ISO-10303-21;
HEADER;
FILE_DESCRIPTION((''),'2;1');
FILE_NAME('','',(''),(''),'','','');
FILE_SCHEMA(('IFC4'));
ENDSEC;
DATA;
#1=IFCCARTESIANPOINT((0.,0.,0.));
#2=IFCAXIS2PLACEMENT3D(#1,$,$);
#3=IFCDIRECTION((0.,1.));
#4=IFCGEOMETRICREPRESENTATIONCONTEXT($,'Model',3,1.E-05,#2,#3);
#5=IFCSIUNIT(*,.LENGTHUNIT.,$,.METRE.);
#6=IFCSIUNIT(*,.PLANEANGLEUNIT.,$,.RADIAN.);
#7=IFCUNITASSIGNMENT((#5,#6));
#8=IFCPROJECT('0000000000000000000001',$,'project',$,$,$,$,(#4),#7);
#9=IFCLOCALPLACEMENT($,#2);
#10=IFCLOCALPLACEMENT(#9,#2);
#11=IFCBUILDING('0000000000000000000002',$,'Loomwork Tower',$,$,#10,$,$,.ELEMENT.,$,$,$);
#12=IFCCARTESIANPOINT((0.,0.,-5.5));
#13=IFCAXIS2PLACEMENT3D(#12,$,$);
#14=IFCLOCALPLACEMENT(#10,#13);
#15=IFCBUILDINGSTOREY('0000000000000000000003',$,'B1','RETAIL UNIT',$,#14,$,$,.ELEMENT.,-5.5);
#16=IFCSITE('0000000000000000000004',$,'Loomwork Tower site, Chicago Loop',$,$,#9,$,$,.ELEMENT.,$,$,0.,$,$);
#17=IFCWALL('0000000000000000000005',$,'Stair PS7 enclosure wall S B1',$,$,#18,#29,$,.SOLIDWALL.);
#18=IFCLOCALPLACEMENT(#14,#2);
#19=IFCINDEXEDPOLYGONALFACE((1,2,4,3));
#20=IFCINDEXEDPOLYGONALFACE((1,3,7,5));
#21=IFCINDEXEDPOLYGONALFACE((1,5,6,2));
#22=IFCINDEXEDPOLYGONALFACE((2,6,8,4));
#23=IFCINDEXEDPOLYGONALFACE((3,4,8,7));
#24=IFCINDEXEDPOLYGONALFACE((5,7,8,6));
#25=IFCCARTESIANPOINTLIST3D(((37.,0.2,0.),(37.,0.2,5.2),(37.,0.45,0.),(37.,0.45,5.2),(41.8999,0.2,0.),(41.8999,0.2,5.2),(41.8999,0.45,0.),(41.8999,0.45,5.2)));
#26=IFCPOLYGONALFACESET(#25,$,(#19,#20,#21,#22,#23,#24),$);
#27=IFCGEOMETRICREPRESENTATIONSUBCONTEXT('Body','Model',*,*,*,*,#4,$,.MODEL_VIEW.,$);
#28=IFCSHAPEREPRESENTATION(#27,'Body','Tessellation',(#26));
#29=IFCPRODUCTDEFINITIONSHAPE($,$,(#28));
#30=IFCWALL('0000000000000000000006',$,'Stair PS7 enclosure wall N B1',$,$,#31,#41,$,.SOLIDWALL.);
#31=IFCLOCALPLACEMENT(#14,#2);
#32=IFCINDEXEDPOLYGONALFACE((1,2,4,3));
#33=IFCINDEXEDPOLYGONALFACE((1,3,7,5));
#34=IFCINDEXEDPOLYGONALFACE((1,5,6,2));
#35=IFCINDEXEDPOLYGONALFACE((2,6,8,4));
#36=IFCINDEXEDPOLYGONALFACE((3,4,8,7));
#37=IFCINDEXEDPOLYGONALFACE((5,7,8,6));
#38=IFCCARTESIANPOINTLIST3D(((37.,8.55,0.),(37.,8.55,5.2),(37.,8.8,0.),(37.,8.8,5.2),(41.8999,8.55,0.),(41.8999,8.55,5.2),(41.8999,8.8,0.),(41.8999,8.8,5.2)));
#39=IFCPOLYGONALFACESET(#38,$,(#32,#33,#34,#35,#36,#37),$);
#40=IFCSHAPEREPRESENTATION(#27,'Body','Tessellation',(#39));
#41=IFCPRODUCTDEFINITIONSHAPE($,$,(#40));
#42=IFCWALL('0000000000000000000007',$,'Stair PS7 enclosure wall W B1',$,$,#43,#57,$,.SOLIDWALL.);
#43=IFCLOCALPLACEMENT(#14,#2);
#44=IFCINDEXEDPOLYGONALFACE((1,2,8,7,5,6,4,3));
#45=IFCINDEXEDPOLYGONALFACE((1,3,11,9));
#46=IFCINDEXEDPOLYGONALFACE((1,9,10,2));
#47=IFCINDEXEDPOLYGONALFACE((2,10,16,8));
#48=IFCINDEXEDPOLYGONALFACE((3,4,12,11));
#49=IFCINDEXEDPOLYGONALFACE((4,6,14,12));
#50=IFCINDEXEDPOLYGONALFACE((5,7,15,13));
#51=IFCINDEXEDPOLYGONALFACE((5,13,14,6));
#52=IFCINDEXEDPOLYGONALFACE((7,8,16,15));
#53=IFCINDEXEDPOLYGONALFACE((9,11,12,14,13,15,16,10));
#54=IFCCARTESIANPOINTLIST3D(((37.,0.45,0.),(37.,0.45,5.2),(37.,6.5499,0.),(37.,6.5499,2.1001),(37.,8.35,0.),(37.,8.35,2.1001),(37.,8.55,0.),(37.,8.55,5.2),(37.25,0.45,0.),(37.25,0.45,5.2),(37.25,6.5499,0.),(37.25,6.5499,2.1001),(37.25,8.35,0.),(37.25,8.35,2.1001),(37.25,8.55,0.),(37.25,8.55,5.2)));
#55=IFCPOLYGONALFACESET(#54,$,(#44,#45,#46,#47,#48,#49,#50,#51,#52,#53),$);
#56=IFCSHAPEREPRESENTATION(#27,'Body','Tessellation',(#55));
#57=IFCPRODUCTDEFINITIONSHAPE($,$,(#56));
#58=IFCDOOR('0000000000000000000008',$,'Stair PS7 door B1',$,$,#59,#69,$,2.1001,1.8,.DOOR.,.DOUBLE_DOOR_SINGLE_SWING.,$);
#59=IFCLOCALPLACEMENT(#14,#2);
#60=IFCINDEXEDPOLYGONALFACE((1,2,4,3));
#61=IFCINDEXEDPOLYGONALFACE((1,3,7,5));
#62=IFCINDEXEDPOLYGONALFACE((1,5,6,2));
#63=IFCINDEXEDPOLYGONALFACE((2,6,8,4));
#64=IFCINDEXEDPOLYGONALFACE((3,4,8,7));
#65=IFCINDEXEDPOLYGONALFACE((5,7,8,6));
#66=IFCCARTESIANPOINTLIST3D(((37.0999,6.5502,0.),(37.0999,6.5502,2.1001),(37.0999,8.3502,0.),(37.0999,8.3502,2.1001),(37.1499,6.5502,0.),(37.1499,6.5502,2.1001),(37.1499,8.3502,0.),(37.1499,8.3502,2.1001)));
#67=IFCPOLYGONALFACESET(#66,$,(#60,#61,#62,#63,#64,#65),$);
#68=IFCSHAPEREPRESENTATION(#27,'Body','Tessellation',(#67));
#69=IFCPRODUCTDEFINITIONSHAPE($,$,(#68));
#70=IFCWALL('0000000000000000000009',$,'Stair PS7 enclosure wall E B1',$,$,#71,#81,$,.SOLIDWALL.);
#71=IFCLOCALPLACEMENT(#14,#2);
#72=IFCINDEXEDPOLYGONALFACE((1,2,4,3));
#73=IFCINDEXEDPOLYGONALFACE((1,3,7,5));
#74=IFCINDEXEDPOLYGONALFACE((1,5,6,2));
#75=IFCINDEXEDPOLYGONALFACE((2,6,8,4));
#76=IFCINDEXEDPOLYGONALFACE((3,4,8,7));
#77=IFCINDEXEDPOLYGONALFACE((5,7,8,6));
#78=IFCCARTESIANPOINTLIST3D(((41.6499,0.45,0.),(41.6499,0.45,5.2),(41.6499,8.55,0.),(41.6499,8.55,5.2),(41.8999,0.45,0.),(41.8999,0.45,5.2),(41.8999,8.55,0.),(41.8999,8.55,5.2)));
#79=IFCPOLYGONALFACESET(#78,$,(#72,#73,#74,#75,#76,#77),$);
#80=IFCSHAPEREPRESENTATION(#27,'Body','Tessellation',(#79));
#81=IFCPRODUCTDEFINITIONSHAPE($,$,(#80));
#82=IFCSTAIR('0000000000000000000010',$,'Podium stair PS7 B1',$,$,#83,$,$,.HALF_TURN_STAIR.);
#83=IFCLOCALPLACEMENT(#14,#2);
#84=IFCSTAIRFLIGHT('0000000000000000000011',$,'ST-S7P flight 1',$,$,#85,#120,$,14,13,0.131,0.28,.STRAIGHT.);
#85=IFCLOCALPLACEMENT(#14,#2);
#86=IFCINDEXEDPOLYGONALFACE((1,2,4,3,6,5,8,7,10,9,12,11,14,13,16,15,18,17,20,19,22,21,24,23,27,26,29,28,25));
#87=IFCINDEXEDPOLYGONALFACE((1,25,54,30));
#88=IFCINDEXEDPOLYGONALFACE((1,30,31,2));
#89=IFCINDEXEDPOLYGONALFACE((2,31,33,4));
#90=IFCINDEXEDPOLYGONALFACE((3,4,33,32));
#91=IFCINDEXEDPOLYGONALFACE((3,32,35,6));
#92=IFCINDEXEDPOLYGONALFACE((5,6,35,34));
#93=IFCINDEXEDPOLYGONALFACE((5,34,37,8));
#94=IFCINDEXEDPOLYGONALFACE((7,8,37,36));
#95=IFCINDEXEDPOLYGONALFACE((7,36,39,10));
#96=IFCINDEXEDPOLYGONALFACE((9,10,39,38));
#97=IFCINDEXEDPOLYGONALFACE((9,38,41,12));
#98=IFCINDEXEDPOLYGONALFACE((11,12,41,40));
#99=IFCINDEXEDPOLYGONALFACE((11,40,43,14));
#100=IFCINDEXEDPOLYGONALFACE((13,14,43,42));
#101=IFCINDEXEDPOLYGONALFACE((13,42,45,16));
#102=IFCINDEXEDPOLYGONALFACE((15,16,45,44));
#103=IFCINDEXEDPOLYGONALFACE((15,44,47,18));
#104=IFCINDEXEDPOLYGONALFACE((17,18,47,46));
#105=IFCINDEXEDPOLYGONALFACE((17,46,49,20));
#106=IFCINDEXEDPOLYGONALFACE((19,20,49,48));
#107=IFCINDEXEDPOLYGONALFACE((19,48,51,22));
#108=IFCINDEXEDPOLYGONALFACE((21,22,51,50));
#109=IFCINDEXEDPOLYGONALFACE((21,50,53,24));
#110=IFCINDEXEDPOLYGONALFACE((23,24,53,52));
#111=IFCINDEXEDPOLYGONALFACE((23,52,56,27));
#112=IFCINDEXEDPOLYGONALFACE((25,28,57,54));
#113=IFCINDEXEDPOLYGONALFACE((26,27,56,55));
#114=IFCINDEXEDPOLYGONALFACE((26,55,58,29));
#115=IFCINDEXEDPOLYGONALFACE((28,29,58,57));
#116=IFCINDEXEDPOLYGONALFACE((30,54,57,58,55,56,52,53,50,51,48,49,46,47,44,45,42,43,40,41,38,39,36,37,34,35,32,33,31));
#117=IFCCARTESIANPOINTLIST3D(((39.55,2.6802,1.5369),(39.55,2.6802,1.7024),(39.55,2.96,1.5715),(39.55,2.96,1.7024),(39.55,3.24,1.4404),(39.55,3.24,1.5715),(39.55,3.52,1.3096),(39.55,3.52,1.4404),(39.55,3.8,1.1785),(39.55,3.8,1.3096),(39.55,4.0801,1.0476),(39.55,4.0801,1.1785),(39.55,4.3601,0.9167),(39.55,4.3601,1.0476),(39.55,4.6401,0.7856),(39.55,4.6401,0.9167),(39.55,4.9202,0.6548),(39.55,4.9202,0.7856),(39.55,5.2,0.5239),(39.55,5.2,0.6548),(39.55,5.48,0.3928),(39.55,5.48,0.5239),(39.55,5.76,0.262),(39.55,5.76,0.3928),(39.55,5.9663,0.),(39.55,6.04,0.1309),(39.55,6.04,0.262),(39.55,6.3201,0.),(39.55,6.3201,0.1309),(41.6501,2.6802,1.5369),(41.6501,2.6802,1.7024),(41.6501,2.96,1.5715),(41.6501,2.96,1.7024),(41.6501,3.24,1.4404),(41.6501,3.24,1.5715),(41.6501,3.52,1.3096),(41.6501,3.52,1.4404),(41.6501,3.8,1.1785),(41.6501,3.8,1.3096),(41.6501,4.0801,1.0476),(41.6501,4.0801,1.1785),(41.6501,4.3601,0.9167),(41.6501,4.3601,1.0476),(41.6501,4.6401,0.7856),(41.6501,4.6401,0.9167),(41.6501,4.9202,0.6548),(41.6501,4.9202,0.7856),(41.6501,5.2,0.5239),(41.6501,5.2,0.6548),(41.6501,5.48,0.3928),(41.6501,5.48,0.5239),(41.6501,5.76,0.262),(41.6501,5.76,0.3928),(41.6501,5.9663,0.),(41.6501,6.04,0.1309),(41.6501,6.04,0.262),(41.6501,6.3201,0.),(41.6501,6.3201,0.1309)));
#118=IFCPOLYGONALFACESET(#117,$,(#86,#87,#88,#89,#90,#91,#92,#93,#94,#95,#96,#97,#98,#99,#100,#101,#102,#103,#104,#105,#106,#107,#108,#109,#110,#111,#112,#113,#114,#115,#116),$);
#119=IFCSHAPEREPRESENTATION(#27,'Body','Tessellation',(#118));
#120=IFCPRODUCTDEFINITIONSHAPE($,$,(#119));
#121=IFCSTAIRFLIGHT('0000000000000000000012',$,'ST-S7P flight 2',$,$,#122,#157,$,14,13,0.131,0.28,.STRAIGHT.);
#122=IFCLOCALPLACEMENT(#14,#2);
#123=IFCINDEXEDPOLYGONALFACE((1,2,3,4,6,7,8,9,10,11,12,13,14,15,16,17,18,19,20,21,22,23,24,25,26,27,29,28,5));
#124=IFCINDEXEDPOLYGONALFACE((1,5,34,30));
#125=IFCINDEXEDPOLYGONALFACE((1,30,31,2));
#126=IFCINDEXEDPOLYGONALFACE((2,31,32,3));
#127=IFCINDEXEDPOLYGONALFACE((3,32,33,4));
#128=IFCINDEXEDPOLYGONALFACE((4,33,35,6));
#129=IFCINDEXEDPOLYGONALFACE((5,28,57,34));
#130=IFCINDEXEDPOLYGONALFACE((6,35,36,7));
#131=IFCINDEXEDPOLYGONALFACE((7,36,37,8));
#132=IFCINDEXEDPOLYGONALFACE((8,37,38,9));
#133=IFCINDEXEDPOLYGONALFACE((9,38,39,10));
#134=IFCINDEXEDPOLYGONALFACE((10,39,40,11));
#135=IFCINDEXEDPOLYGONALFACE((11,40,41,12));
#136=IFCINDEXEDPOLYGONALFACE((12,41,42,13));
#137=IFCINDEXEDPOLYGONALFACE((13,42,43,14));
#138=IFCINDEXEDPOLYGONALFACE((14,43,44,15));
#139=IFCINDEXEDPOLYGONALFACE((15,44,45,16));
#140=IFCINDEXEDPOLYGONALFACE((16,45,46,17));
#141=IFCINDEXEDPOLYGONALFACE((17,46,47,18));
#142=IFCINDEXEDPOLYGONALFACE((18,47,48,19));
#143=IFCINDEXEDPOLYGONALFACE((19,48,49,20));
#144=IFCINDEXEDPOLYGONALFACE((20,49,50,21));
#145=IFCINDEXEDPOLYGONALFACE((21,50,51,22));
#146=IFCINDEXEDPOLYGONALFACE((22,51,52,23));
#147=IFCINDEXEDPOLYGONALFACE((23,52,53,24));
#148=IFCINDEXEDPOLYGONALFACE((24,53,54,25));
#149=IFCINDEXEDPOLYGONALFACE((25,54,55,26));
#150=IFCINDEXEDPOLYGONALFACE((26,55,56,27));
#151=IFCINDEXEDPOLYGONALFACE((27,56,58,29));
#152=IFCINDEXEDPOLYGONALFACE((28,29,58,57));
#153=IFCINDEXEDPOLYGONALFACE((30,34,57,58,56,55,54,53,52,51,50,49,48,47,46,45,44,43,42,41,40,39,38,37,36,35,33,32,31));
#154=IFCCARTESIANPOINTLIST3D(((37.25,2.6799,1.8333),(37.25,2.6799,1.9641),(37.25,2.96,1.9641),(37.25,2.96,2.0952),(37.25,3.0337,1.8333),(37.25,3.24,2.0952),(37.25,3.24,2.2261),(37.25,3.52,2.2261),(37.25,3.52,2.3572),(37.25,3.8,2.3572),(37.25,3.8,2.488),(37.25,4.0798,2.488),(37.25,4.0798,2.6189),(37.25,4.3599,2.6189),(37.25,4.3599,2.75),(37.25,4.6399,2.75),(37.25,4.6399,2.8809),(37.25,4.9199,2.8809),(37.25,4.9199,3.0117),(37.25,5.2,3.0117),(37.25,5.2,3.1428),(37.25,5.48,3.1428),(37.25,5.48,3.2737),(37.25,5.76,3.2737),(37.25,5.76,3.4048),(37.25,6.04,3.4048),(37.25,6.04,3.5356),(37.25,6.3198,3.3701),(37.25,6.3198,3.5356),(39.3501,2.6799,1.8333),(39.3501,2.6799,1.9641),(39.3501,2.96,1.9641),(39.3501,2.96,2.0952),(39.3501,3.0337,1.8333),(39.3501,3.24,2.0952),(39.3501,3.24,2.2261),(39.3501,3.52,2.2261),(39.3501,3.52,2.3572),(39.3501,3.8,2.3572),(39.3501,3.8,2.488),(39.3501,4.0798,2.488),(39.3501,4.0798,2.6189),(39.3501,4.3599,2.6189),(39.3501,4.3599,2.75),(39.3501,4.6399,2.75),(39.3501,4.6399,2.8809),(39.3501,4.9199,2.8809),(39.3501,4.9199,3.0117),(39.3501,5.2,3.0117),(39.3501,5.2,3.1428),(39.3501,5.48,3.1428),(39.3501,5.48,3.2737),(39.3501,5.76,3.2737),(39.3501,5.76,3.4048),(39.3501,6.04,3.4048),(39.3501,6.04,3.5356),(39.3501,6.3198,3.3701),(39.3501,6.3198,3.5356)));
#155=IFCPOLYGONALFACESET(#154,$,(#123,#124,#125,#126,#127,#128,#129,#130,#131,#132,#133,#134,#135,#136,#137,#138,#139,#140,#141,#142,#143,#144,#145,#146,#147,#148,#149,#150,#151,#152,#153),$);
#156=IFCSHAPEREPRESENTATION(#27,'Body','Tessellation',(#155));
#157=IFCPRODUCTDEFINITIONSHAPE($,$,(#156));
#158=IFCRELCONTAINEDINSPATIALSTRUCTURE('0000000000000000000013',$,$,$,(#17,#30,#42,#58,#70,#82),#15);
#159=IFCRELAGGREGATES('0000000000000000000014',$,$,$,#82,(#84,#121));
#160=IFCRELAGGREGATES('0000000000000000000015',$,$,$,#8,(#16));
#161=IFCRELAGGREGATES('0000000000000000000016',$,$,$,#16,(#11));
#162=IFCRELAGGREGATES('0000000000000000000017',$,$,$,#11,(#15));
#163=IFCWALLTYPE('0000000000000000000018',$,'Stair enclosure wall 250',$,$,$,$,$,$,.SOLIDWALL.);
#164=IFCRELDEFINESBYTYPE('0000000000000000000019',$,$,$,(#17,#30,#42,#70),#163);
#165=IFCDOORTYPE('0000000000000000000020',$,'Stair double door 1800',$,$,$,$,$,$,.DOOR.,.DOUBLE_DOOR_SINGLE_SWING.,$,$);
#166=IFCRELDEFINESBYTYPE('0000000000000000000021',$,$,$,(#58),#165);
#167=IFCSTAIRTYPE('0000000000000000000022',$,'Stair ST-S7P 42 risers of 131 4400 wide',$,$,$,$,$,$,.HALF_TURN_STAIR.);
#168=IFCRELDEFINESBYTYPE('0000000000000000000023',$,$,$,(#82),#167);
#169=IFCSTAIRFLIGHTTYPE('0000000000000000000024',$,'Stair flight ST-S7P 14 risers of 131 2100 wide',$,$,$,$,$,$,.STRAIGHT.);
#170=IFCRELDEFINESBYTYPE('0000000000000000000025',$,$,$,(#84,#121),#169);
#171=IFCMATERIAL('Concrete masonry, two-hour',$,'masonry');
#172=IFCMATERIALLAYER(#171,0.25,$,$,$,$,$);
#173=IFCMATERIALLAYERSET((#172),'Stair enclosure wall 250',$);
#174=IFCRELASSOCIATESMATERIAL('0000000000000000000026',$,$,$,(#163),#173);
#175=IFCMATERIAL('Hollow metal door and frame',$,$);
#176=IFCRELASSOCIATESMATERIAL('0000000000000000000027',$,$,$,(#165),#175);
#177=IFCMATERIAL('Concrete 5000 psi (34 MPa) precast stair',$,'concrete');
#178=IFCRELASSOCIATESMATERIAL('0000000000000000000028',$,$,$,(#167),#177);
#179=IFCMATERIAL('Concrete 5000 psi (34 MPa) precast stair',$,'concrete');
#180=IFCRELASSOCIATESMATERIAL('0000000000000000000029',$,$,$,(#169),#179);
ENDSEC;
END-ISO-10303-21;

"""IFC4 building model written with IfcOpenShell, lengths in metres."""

from ifc_helpers import new_model, si_unit, direction, frame, frame_2d, origin, place, context, subcontext, project, spatial, polyline, rectangle, outline, extrude, material, layer, layer_set, type_object, element, fill, aggregate, save


model = new_model("IFC4")

# Units and contexts
model_context = context("Model", 3, precision=1e-05, world=origin(), true_north=direction((0.0, 1.0)))
body_context = subcontext(model_context, "Body", "Model", "MODEL_VIEW")
ifc_project = project(units=[si_unit("LENGTHUNIT", "METRE"), si_unit("PLANEANGLEUNIT", "RADIAN")], contexts=[model_context])

# Site, building, storey
site_placement = place(None, origin())
site = spatial("IfcSite", under=ifc_project, at=site_placement, Name="Loomwork Tower site, Chicago Loop", CompositionType="ELEMENT", RefElevation=0.0)
building_placement = place(site_placement, origin())
building = spatial("IfcBuilding", under=site, at=building_placement, Name="Loomwork Tower", CompositionType="ELEMENT")
storey_placement = place(building_placement, frame((0.0, 0.0, -5.5)))
storey = spatial("IfcBuildingStorey", under=building, at=storey_placement, Name="B1", Description="RETAIL UNIT", CompositionType="ELEMENT", Elevation=-5.5)

# Walls
ifc_material_1 = material(Name="Concrete masonry, two-hour", Category="masonry")
ifc_layer_1 = layer(ifc_material_1, 0.25)
ifc_layer_set_1 = layer_set([ifc_layer_1], Name="Stair enclosure wall 250")
wall_type_1 = type_object("IfcWallType", Name="Stair enclosure wall 250", PredefinedType="SOLIDWALL", material=ifc_layer_set_1)
for number, where, z_axis, x_axis, name in (
    (1, (37.0, 0.325, 0.0), (0.0, 0.0, 1.0), (1.0, 0.0, 0.0), "Stair PS7 enclosure wall S B1"),
    (2, (37.0, 8.675, 0.0), (0.0, 0.0, 1.0), (1.0, 0.0, 0.0), "Stair PS7 enclosure wall N B1"),
):
    element("IfcWall", number, at=place(storey_placement, frame(where, z_axis=z_axis, x_axis=x_axis)), inside=storey, type_object=wall_type_1, Name=name, PredefinedType="SOLIDWALL", context=body_context, shape_type="SweptSolid", body=[
        extrude(rectangle(XDim=4.8999, YDim=0.25, at=frame_2d((2.45, 0.0))), origin(), (0.0, 0.0, 1.0), 5.2),
    ])

# Wall, opening, door
wall_1_placement = place(storey_placement, frame((37.125, 0.45, 0.0), z_axis=(0.0, 0.0, 1.0), x_axis=(0.0, 1.0, 0.0)))
wall_1 = element("IfcWall", 3, at=wall_1_placement, inside=storey, type_object=wall_type_1, Name="Stair PS7 enclosure wall W B1", PredefinedType="SOLIDWALL", context=body_context, shape_type="SweptSolid", body=[
    extrude(rectangle(XDim=8.1001, YDim=0.25, at=frame_2d((4.05, 0.0))), origin(), (0.0, 0.0, 1.0), 5.2),
])
opening_1_placement = place(wall_1_placement, frame((6.1001, 0.0, 0.0)))
opening_1 = element("IfcOpeningElement", 4, at=opening_1_placement, cuts=wall_1, PredefinedType="OPENING", context=body_context, shape_type="SweptSolid", body=[
    extrude(rectangle(XDim=1.8, YDim=2.1001, at=frame_2d((0.8999, 1.05))), frame((0.0, 0.135, 0.0), z_axis=(0.0, -1.0, 0.0), x_axis=(1.0, 0.0, 0.0)), (0.0, 0.0, 1.0), 0.27),
])
ifc_material_2 = material(Name="Hollow metal door and frame")
door_type_1 = type_object("IfcDoorType", Name="Stair double door 1800", OperationType="DOUBLE_DOOR_SINGLE_SWING", PredefinedType="DOOR", material=ifc_material_2)
door_1_placement = place(opening_1_placement, frame((1.8, 0.0, 0.0), z_axis=(0.0, 0.0, 1.0), x_axis=(-1.0, 0.0, 0.0)))
door_1 = element("IfcDoor", 5, at=door_1_placement, inside=storey, type_object=door_type_1, Name="Stair PS7 door B1", OperationType="DOUBLE_DOOR_SINGLE_SWING", OverallHeight=2.1001, OverallWidth=1.8, PredefinedType="DOOR", context=body_context, shape_type="SweptSolid", body=[
    extrude(rectangle(XDim=1.8, YDim=2.1001, at=frame_2d((0.8999, 1.05))), frame((0.0, 0.0249, 0.0), z_axis=(0.0, -1.0, 0.0), x_axis=(1.0, 0.0, 0.0)), (0.0, 0.0, 1.0), 0.05),
])
fill(opening_1, door_1)

# Wall
wall_2_placement = place(storey_placement, frame((41.7749, 0.45, 0.0), z_axis=(0.0, 0.0, 1.0), x_axis=(0.0, 1.0, 0.0)))
element("IfcWall", 6, at=wall_2_placement, inside=storey, type_object=wall_type_1, Name="Stair PS7 enclosure wall E B1", PredefinedType="SOLIDWALL", context=body_context, shape_type="SweptSolid", body=[
    extrude(rectangle(XDim=8.1001, YDim=0.25, at=frame_2d((4.05, 0.0))), origin(), (0.0, 0.0, 1.0), 5.2),
])

# Stair, stair flights
ifc_material_3 = material(Name="Concrete 5000 psi (34 MPa) precast stair", Category="concrete")
stair_type = type_object("IfcStairType", Name="Stair ST-S7P 42 risers of 131 4400 wide", PredefinedType="HALF_TURN_STAIR", material=ifc_material_3)
stair_placement = place(storey_placement, origin())
stair = element("IfcStair", 7, at=stair_placement, inside=storey, type_object=stair_type, Name="Podium stair PS7 B1", PredefinedType="HALF_TURN_STAIR")
ifc_material_4 = material(Name="Concrete 5000 psi (34 MPa) precast stair", Category="concrete")
stair_flight_type = type_object("IfcStairFlightType", Name="Stair flight ST-S7P 14 risers of 131 2100 wide", PredefinedType="STRAIGHT", material=ifc_material_4)
stair_flight_1_placement = place(storey_placement, frame((40.6001, 6.3201, 0.0), z_axis=(0.0, 0.0, 1.0), x_axis=(0.0, -1.0, 0.0)))
stair_flight_1 = element("IfcStairFlight", 8, at=stair_flight_1_placement, type_object=stair_flight_type, Name="ST-S7P flight 1", NumberOfRisers=14, NumberOfTreads=13, PredefinedType="STRAIGHT", RiserHeight=0.131, TreadLength=0.28, context=body_context, shape_type="SweptSolid", body=[
    extrude(outline(polyline([(0.0, 0.0), (0.0, 0.1309), (0.28, 0.1309), (0.28, 0.262), (0.5601, 0.262), (0.5601, 0.3928), (0.8401, 0.3928), (0.8401, 0.5239), (1.1201, 0.5239), (1.1201, 0.6548), (1.3999, 0.6548), (1.3999, 0.7856), (1.6799, 0.7856), (1.6799, 0.9167), (1.96, 0.9167), (1.96, 1.0476), (2.24, 1.0476), (2.24, 1.1785), (2.52, 1.1785), (2.52, 1.3096), (2.8, 1.3096), (2.8, 1.4404), (3.0801, 1.4404), (3.0801, 1.5715), (3.3601, 1.5715), (3.3601, 1.7024), (3.6399, 1.7024), (3.6399, 1.8333), (3.6399, 1.5369), (0.3538, 0.0), (0.0, 0.0)])), frame((0.0, 1.05, 0.0), z_axis=(0.0, -1.0, 0.0), x_axis=(1.0, 0.0, 0.0)), (0.0, 0.0, 1.0), 2.1001),
])
stair_flight_2_placement = place(storey_placement, frame((38.3, 2.6799, 1.8333), z_axis=(0.0, 0.0, 1.0), x_axis=(0.0, 1.0, 0.0)))
stair_flight_2 = element("IfcStairFlight", 9, at=stair_flight_2_placement, type_object=stair_flight_type, Name="ST-S7P flight 2", NumberOfRisers=14, NumberOfTreads=13, PredefinedType="STRAIGHT", RiserHeight=0.131, TreadLength=0.28, context=body_context, shape_type="SweptSolid", body=[
    extrude(outline(polyline([(0.0, 0.0), (0.0, 0.1309), (0.28, 0.1309), (0.28, 0.262), (0.5601, 0.262), (0.5601, 0.3928), (0.8401, 0.3928), (0.8401, 0.5239), (1.1201, 0.5239), (1.1201, 0.6548), (1.3999, 0.6548), (1.3999, 0.7856), (1.6799, 0.7856), (1.6799, 0.9167), (1.96, 0.9167), (1.96, 1.0476), (2.24, 1.0476), (2.24, 1.1785), (2.52, 1.1785), (2.52, 1.3096), (2.8, 1.3096), (2.8, 1.4404), (3.0801, 1.4404), (3.0801, 1.5715), (3.3601, 1.5715), (3.3601, 1.7024), (3.6399, 1.7024), (3.6399, 1.8333), (3.6399, 1.5369), (0.3538, 0.0), (0.0, 0.0)])), frame((0.0, 1.05, 0.0), z_axis=(0.0, -1.0, 0.0), x_axis=(1.0, 0.0, 0.0)), (0.0, 0.0, 1.0), 2.1001),
])
aggregate(stair, [stair_flight_1, stair_flight_2])

save(model, "model.ifc")
